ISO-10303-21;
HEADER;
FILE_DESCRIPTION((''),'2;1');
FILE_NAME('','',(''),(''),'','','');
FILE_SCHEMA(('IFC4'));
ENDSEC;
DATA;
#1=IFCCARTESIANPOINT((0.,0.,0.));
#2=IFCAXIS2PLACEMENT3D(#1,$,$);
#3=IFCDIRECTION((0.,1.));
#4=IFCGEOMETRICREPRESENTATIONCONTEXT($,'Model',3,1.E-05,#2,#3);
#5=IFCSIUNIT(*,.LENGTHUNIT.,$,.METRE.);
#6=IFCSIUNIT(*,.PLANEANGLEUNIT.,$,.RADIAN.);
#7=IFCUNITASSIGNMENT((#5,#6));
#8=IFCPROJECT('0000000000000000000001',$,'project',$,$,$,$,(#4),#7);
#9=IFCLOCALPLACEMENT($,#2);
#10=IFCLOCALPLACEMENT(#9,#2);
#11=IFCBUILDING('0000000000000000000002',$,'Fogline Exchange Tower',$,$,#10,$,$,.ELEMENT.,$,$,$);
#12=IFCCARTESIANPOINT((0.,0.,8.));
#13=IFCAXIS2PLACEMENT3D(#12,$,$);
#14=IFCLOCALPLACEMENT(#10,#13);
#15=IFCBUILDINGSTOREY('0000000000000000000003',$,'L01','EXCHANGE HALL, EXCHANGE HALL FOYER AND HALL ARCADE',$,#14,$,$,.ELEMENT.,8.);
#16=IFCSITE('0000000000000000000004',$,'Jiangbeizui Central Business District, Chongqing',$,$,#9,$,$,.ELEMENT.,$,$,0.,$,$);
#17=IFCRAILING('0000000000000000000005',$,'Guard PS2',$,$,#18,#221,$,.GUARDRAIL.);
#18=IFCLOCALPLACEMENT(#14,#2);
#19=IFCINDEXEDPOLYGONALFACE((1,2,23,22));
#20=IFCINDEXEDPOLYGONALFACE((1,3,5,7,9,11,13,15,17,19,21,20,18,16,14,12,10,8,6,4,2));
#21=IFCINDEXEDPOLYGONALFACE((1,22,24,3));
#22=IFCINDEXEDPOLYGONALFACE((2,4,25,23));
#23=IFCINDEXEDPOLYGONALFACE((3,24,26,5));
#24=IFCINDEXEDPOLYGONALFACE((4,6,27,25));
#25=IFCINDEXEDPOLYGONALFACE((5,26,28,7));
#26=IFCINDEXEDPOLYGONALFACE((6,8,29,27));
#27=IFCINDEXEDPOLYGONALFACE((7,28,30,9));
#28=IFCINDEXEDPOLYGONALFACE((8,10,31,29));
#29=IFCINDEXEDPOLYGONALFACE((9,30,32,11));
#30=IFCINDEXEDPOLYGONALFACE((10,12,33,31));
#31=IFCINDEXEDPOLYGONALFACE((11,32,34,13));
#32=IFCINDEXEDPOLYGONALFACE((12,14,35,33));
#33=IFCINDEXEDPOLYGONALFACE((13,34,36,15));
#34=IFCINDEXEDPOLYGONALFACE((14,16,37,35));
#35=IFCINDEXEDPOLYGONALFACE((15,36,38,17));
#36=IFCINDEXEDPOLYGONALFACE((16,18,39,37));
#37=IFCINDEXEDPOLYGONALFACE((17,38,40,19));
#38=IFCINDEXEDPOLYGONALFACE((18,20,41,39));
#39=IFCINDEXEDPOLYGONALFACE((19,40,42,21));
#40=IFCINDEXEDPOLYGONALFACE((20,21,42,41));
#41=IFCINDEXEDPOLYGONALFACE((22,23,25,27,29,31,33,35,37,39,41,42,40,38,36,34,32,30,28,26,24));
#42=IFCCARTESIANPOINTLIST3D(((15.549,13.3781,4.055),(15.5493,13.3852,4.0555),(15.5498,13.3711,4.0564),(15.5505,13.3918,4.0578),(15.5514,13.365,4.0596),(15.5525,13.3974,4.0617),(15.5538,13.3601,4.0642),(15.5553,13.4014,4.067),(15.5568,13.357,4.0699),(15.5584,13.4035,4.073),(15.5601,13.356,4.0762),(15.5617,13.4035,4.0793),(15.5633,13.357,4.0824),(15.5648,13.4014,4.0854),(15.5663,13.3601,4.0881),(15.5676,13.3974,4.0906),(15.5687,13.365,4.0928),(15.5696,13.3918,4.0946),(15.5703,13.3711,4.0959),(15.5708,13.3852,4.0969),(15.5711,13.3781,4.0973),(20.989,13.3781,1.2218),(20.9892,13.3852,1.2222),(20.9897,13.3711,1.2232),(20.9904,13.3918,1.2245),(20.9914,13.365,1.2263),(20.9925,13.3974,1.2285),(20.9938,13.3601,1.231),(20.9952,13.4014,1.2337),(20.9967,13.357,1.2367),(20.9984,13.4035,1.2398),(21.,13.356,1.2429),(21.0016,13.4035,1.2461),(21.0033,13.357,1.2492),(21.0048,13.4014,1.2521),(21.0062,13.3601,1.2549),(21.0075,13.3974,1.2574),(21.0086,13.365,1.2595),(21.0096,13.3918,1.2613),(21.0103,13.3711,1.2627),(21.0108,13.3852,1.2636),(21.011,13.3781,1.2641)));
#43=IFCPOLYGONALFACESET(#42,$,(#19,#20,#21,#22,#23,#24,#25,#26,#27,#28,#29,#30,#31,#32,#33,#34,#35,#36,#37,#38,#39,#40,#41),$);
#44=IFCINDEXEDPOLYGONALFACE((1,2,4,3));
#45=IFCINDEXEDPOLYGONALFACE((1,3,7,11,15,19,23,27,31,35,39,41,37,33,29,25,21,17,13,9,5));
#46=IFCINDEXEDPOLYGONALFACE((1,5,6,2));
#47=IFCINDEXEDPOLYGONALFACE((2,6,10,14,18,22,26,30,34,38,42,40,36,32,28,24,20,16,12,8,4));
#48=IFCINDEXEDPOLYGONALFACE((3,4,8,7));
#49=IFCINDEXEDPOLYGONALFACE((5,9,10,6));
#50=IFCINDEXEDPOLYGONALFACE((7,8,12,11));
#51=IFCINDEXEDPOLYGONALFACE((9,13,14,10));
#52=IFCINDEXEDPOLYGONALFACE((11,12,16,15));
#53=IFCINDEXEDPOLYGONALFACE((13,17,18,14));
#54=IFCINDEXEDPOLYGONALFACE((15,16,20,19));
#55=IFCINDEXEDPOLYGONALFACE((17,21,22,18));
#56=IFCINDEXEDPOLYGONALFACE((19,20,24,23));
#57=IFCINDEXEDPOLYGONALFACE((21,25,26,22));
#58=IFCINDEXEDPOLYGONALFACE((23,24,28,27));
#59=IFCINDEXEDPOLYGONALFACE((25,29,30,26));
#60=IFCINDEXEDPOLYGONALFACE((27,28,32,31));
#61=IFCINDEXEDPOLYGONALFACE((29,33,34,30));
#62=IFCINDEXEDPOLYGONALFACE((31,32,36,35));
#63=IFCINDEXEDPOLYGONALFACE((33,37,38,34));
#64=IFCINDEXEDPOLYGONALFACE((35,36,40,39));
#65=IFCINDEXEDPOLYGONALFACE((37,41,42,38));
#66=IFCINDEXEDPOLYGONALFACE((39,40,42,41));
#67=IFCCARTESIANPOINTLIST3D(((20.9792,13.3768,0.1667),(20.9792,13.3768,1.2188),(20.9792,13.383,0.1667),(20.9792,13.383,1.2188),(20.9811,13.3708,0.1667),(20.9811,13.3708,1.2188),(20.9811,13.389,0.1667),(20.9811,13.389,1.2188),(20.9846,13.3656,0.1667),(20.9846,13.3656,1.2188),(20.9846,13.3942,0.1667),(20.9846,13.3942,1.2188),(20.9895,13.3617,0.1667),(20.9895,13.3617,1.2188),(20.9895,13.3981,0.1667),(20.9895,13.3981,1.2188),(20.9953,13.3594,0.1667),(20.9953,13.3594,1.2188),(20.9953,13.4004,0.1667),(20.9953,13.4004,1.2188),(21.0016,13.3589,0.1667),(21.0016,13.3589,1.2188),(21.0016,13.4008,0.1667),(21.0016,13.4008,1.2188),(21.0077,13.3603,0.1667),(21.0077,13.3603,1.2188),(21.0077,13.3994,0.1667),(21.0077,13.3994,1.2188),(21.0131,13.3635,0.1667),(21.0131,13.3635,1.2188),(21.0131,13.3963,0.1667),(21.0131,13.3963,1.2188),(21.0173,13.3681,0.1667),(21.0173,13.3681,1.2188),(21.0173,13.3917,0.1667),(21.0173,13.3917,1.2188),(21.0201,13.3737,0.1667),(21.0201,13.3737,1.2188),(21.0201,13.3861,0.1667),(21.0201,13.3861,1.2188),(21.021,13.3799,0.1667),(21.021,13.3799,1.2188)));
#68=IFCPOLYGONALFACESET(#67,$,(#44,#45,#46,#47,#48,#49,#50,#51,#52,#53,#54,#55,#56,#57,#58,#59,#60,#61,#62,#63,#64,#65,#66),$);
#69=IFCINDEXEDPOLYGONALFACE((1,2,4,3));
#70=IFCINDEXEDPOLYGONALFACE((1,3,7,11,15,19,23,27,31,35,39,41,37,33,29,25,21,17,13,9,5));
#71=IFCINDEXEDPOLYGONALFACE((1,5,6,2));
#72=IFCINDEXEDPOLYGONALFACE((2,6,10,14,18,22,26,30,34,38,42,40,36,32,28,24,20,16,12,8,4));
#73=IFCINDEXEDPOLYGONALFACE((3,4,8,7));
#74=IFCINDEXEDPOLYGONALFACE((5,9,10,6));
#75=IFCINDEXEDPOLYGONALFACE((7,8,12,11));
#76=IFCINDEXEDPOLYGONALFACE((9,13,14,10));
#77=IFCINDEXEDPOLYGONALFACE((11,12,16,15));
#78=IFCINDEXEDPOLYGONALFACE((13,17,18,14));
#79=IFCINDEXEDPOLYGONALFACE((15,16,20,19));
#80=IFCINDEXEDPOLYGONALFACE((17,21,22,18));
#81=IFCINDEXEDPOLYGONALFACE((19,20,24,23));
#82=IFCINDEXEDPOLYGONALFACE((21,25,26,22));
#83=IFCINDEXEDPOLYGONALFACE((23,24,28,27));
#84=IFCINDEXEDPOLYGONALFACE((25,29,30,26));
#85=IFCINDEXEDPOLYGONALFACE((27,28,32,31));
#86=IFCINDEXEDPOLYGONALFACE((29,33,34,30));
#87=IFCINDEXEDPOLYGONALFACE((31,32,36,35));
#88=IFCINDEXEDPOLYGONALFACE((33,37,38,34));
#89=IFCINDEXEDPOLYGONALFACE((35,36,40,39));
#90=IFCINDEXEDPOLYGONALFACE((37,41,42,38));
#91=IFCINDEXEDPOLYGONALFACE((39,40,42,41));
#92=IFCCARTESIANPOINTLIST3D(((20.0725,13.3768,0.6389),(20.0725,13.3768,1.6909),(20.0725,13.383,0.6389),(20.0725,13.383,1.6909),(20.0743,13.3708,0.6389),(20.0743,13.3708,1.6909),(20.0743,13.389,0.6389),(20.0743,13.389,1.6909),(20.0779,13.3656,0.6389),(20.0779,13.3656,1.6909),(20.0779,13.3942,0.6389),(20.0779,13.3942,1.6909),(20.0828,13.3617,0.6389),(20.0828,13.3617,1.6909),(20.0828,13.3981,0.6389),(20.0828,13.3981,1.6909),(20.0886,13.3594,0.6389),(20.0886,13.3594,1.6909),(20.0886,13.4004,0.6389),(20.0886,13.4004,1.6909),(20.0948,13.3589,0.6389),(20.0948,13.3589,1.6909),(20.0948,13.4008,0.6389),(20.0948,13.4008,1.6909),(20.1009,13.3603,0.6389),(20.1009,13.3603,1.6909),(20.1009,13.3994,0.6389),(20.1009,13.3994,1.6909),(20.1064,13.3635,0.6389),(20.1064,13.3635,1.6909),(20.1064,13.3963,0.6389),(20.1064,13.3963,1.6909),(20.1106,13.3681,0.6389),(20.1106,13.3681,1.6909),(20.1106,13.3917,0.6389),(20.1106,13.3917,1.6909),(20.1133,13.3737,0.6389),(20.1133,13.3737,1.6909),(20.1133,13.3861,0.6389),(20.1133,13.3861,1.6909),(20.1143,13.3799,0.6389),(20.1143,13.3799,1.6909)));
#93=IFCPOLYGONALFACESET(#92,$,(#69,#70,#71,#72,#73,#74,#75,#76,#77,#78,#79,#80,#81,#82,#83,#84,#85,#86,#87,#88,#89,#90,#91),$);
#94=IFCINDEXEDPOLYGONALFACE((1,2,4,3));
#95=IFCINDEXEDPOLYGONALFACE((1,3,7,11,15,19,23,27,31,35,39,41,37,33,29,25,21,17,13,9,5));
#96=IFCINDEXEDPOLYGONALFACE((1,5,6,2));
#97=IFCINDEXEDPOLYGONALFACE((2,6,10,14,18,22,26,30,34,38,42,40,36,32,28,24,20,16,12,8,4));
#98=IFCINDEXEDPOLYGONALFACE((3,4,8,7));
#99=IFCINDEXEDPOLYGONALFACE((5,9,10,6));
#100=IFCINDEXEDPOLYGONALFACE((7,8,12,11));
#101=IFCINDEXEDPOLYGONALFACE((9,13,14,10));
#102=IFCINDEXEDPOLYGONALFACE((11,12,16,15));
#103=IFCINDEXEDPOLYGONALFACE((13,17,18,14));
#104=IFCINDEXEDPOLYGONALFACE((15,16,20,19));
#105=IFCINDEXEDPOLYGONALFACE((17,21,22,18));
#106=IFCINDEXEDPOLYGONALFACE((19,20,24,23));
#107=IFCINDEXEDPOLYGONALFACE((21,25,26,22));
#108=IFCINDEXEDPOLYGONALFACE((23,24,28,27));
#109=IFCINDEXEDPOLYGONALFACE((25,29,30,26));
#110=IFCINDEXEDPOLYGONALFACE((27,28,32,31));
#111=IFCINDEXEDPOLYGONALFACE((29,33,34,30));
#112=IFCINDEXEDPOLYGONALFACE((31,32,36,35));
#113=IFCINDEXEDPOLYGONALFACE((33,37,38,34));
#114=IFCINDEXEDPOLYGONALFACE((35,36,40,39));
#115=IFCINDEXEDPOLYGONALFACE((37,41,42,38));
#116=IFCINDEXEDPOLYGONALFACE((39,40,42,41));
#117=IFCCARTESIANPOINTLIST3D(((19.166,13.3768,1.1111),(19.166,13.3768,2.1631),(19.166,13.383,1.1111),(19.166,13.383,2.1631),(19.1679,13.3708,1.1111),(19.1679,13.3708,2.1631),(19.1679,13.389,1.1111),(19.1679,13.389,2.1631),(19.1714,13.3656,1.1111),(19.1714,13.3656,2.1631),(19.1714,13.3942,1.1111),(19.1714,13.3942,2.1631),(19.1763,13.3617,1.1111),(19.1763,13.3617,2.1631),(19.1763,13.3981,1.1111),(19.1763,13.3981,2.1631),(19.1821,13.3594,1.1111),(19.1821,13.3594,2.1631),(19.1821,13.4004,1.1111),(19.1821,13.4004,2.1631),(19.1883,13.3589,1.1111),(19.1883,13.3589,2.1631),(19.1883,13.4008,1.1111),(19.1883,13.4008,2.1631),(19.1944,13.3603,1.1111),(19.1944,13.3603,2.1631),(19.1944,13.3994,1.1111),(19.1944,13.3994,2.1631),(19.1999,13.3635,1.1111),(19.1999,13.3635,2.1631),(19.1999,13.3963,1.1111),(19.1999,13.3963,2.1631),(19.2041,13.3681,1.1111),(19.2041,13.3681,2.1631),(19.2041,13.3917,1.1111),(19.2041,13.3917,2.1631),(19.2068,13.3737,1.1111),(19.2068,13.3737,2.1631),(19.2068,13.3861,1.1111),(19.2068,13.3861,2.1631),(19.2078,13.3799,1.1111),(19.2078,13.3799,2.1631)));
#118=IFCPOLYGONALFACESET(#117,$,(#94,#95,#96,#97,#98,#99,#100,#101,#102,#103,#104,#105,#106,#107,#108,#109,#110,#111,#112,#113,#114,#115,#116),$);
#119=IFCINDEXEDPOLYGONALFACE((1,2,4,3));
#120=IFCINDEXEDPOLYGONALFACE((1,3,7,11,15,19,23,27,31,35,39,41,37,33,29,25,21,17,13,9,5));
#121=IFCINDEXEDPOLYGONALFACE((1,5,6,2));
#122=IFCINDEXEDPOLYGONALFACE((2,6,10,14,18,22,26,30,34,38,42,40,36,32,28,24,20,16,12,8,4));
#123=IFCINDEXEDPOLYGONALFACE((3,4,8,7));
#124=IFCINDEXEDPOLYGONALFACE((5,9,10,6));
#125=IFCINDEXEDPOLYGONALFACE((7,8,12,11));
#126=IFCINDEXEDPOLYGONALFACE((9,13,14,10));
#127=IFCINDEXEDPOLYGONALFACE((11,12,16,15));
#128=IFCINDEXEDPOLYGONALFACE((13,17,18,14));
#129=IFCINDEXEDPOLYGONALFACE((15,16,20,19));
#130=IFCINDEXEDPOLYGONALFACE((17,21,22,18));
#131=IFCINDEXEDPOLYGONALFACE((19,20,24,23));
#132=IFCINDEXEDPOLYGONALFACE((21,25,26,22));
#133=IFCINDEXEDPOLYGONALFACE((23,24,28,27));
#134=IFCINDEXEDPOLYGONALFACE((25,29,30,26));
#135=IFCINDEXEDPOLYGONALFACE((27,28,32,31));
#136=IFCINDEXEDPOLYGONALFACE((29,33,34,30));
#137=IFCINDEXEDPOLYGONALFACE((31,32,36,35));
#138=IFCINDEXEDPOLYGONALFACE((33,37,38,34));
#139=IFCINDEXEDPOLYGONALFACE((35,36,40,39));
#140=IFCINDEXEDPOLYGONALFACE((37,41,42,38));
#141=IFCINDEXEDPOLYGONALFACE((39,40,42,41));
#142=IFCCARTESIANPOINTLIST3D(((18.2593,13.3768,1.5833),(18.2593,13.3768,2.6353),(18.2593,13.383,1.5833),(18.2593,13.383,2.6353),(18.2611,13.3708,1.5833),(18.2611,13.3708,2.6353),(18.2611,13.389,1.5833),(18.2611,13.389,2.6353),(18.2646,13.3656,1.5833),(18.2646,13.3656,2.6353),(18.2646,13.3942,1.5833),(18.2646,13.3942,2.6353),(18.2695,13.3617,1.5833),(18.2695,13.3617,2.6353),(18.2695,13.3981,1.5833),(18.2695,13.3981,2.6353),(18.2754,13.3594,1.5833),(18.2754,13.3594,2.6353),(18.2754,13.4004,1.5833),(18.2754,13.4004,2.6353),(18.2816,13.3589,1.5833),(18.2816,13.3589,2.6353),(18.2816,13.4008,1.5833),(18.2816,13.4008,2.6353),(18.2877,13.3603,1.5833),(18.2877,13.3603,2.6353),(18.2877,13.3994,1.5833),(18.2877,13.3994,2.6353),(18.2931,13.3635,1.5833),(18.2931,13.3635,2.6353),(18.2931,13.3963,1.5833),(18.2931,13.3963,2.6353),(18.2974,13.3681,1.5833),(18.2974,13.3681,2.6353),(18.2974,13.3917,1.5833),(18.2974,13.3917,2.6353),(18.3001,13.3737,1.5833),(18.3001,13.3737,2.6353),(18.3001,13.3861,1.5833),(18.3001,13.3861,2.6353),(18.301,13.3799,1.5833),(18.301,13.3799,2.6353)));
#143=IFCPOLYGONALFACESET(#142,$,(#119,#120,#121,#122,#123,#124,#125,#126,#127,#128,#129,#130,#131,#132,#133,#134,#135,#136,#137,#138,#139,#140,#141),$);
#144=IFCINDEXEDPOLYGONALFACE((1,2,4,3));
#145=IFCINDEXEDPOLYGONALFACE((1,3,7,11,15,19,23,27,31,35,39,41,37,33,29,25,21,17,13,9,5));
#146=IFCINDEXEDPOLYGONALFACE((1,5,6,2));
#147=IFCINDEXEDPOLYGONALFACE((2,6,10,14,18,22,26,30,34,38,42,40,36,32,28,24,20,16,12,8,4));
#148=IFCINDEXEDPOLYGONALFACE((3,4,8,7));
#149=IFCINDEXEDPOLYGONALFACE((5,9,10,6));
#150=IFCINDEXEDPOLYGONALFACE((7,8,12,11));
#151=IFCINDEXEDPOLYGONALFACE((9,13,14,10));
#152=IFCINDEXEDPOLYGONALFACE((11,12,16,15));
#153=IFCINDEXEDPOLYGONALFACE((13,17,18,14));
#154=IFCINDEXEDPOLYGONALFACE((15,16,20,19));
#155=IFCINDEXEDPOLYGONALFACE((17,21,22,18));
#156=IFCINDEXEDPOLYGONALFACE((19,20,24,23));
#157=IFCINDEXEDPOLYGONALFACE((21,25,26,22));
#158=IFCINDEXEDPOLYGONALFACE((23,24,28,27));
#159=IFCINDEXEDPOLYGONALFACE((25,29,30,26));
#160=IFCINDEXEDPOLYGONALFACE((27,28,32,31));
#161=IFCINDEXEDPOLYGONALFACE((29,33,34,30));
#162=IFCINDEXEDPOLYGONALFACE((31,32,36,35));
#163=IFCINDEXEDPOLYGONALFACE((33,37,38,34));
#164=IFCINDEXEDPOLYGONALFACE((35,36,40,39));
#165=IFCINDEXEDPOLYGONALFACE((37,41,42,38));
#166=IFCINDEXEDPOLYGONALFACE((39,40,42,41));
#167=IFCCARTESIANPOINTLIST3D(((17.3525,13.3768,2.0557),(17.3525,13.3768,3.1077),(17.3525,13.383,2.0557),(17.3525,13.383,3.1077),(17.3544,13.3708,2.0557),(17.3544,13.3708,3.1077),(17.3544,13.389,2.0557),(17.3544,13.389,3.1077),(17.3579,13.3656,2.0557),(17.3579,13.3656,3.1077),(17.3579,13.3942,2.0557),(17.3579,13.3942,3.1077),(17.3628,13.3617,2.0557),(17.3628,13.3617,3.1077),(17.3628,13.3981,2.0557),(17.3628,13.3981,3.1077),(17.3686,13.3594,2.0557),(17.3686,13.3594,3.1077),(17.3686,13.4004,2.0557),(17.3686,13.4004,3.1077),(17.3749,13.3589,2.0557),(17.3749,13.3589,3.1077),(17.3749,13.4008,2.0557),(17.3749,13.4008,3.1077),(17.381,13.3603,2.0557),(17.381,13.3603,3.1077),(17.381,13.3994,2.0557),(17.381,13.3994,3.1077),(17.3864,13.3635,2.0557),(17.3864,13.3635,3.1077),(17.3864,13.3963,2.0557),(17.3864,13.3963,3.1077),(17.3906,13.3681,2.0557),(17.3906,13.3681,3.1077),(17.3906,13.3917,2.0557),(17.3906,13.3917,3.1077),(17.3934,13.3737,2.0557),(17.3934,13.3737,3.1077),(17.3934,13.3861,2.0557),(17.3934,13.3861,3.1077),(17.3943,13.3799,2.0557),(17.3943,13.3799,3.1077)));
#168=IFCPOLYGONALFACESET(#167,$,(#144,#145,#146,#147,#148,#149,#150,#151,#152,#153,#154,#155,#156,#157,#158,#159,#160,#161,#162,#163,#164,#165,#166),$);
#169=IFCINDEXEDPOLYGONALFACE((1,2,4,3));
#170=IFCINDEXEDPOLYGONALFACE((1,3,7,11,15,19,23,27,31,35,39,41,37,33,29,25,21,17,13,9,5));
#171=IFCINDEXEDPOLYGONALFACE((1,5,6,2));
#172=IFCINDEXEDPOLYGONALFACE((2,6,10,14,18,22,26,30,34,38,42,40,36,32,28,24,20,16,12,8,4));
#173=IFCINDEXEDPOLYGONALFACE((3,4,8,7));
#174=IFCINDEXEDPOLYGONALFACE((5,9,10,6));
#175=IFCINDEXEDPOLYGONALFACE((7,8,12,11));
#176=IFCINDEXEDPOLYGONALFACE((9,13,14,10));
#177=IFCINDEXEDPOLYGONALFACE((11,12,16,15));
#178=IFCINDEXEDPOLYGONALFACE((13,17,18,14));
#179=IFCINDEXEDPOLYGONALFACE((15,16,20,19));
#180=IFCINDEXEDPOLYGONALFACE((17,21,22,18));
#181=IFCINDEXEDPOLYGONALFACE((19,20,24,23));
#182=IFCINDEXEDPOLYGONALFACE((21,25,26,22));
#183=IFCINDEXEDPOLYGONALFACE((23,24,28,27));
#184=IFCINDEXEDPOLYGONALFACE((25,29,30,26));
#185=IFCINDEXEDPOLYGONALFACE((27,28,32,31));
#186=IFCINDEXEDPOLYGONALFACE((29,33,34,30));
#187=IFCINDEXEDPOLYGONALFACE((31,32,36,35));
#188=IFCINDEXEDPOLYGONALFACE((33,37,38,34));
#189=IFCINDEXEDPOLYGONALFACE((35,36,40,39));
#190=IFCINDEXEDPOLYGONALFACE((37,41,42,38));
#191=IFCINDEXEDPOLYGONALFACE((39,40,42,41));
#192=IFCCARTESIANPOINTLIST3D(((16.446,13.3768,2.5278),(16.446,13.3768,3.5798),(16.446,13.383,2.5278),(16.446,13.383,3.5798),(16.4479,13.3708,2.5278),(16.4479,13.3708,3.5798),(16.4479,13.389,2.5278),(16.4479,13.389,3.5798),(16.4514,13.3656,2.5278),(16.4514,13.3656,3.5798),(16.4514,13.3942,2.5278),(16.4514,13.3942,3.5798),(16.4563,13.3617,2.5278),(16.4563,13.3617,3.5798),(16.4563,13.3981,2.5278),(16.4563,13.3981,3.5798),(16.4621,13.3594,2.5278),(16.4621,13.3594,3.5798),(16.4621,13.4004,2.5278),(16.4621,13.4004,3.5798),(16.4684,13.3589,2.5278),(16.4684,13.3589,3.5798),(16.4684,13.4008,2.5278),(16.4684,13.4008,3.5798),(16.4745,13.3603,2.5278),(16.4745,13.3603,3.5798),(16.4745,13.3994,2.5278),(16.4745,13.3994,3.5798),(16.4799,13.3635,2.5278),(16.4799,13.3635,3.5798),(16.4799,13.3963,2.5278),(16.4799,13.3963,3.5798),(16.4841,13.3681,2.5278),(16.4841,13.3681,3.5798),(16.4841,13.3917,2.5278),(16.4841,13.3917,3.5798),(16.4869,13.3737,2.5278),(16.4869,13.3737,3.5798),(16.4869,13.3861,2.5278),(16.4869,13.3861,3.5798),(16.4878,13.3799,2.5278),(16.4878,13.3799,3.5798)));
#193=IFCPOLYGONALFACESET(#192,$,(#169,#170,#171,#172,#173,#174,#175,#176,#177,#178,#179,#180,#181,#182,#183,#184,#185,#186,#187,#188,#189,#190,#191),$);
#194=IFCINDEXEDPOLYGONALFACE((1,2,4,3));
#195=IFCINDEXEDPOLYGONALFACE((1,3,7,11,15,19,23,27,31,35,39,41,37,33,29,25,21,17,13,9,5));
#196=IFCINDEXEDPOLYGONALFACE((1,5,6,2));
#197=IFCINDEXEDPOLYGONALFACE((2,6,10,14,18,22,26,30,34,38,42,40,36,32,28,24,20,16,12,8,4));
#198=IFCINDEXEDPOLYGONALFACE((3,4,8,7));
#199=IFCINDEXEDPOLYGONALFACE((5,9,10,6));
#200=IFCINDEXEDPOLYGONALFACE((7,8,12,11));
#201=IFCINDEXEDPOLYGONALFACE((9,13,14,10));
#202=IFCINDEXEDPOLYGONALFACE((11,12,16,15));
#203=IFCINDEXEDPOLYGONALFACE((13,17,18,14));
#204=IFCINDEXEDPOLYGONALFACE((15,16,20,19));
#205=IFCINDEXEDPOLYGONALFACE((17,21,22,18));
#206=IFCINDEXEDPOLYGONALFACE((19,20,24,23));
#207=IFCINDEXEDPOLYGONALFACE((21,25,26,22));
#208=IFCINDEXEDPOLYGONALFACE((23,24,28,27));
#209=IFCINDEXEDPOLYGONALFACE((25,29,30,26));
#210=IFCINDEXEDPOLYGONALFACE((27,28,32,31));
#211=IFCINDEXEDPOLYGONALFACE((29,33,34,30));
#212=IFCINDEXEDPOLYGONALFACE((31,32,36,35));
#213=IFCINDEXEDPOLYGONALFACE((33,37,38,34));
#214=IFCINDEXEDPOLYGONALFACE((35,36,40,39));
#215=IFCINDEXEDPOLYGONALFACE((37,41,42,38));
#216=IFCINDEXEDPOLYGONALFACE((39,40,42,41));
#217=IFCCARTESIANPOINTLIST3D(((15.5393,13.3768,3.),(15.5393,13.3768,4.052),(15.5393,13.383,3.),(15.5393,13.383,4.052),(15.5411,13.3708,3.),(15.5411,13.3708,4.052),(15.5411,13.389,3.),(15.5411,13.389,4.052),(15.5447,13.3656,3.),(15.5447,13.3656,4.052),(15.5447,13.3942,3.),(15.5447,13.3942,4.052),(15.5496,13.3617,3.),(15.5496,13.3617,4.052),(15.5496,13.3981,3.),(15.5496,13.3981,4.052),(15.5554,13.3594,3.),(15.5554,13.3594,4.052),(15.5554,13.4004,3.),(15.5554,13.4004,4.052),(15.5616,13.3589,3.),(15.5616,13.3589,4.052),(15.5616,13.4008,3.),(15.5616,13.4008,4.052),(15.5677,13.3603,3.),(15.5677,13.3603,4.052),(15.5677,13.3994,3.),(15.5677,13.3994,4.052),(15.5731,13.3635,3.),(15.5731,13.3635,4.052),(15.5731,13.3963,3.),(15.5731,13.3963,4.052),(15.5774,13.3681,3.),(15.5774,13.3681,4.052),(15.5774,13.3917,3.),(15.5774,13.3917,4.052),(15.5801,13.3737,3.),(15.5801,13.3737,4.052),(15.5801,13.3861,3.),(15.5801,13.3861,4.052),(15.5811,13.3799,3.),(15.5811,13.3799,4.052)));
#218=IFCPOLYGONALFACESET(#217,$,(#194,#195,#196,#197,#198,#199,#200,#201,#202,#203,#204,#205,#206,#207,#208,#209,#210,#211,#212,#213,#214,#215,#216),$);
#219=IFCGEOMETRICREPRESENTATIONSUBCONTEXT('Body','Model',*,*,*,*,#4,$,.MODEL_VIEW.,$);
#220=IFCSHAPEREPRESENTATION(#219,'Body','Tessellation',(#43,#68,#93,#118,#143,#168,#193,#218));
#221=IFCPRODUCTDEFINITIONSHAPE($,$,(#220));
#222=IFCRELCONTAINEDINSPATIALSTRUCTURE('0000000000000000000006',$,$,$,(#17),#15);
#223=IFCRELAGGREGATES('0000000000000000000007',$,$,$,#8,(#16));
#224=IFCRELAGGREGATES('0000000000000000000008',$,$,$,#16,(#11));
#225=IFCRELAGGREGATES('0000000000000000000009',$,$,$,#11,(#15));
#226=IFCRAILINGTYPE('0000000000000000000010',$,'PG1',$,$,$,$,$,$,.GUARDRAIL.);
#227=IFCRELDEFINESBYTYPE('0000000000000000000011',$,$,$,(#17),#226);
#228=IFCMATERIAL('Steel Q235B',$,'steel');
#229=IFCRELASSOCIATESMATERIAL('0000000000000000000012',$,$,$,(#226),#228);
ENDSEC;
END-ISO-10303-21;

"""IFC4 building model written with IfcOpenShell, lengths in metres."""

from ifc_helpers import new_model, si_unit, direction, frame, origin, origin_2d, place, context, subcontext, project, spatial, circle, extrude, material, type_object, element, save


model = new_model("IFC4")

# Units and contexts
model_context = context("Model", 3, precision=1e-05, world=origin(), true_north=direction((0.0, 1.0)))
body_context = subcontext(model_context, "Body", "Model", "MODEL_VIEW")
ifc_project = project(units=[si_unit("LENGTHUNIT", "METRE"), si_unit("PLANEANGLEUNIT", "RADIAN")], contexts=[model_context])

# Site, building, storey
site_placement = place(None, origin())
site = spatial("IfcSite", under=ifc_project, at=site_placement, Name="Jiangbeizui Central Business District, Chongqing", CompositionType="ELEMENT", RefElevation=0.0)
building_placement = place(site_placement, origin())
building = spatial("IfcBuilding", under=site, at=building_placement, Name="Fogline Exchange Tower", CompositionType="ELEMENT")
storey_placement = place(building_placement, frame((0.0, 0.0, 8.0)))
storey = spatial("IfcBuildingStorey", under=building, at=storey_placement, Name="L01", Description="EXCHANGE HALL, EXCHANGE HALL FOYER AND HALL ARCADE", CompositionType="ELEMENT", Elevation=8.0)

# Shared definitions
ifc_material_1 = material(Name="Steel Q235B", Category="steel")

# Railing
railing_type_1 = type_object("IfcRailingType", Name="PG1", PredefinedType="GUARDRAIL", material=ifc_material_1)
railing_1_placement = place(storey_placement, frame((21.0, 13.3799, 0.1667)))
element("IfcRailing", 1, at=railing_1_placement, inside=storey, type_object=railing_type_1, Name="Guard PS2", PredefinedType="GUARDRAIL", context=body_context, shape_type="SweptSolid", body=[
    extrude(circle(Radius=0.0239, at=origin_2d()), frame((0.0, 0.0, 1.0762), z_axis=(-0.886917, 0.0, 0.461928), x_axis=(0.0, -1.0, 0.0)), (0.0, 0.0, 1.0), 6.1335),
    extrude(circle(Radius=0.021, at=origin_2d()), origin(), (0.0, 0.0, 1.0), 1.052),
    extrude(circle(Radius=0.021, at=origin_2d()), frame((-0.9067, 0.0, 0.4722)), (0.0, 0.0, 1.0), 1.052),
    extrude(circle(Radius=0.021, at=origin_2d()), frame((-1.8132, 0.0, 0.9443)), (0.0, 0.0, 1.0), 1.052),
    extrude(circle(Radius=0.021, at=origin_2d()), frame((-2.72, 0.0, 1.4165)), (0.0, 0.0, 1.0), 1.052),
    extrude(circle(Radius=0.021, at=origin_2d()), frame((-3.6267, 0.0, 1.8889)), (0.0, 0.0, 1.0), 1.052),
    extrude(circle(Radius=0.021, at=origin_2d()), frame((-4.5332, 0.0, 2.3611)), (0.0, 0.0, 1.0), 1.052),
    extrude(circle(Radius=0.021, at=origin_2d()), frame((-5.4399, 0.0, 2.8333)), (0.0, 0.0, 1.0), 1.052),
])

save(model, "model.ifc")
